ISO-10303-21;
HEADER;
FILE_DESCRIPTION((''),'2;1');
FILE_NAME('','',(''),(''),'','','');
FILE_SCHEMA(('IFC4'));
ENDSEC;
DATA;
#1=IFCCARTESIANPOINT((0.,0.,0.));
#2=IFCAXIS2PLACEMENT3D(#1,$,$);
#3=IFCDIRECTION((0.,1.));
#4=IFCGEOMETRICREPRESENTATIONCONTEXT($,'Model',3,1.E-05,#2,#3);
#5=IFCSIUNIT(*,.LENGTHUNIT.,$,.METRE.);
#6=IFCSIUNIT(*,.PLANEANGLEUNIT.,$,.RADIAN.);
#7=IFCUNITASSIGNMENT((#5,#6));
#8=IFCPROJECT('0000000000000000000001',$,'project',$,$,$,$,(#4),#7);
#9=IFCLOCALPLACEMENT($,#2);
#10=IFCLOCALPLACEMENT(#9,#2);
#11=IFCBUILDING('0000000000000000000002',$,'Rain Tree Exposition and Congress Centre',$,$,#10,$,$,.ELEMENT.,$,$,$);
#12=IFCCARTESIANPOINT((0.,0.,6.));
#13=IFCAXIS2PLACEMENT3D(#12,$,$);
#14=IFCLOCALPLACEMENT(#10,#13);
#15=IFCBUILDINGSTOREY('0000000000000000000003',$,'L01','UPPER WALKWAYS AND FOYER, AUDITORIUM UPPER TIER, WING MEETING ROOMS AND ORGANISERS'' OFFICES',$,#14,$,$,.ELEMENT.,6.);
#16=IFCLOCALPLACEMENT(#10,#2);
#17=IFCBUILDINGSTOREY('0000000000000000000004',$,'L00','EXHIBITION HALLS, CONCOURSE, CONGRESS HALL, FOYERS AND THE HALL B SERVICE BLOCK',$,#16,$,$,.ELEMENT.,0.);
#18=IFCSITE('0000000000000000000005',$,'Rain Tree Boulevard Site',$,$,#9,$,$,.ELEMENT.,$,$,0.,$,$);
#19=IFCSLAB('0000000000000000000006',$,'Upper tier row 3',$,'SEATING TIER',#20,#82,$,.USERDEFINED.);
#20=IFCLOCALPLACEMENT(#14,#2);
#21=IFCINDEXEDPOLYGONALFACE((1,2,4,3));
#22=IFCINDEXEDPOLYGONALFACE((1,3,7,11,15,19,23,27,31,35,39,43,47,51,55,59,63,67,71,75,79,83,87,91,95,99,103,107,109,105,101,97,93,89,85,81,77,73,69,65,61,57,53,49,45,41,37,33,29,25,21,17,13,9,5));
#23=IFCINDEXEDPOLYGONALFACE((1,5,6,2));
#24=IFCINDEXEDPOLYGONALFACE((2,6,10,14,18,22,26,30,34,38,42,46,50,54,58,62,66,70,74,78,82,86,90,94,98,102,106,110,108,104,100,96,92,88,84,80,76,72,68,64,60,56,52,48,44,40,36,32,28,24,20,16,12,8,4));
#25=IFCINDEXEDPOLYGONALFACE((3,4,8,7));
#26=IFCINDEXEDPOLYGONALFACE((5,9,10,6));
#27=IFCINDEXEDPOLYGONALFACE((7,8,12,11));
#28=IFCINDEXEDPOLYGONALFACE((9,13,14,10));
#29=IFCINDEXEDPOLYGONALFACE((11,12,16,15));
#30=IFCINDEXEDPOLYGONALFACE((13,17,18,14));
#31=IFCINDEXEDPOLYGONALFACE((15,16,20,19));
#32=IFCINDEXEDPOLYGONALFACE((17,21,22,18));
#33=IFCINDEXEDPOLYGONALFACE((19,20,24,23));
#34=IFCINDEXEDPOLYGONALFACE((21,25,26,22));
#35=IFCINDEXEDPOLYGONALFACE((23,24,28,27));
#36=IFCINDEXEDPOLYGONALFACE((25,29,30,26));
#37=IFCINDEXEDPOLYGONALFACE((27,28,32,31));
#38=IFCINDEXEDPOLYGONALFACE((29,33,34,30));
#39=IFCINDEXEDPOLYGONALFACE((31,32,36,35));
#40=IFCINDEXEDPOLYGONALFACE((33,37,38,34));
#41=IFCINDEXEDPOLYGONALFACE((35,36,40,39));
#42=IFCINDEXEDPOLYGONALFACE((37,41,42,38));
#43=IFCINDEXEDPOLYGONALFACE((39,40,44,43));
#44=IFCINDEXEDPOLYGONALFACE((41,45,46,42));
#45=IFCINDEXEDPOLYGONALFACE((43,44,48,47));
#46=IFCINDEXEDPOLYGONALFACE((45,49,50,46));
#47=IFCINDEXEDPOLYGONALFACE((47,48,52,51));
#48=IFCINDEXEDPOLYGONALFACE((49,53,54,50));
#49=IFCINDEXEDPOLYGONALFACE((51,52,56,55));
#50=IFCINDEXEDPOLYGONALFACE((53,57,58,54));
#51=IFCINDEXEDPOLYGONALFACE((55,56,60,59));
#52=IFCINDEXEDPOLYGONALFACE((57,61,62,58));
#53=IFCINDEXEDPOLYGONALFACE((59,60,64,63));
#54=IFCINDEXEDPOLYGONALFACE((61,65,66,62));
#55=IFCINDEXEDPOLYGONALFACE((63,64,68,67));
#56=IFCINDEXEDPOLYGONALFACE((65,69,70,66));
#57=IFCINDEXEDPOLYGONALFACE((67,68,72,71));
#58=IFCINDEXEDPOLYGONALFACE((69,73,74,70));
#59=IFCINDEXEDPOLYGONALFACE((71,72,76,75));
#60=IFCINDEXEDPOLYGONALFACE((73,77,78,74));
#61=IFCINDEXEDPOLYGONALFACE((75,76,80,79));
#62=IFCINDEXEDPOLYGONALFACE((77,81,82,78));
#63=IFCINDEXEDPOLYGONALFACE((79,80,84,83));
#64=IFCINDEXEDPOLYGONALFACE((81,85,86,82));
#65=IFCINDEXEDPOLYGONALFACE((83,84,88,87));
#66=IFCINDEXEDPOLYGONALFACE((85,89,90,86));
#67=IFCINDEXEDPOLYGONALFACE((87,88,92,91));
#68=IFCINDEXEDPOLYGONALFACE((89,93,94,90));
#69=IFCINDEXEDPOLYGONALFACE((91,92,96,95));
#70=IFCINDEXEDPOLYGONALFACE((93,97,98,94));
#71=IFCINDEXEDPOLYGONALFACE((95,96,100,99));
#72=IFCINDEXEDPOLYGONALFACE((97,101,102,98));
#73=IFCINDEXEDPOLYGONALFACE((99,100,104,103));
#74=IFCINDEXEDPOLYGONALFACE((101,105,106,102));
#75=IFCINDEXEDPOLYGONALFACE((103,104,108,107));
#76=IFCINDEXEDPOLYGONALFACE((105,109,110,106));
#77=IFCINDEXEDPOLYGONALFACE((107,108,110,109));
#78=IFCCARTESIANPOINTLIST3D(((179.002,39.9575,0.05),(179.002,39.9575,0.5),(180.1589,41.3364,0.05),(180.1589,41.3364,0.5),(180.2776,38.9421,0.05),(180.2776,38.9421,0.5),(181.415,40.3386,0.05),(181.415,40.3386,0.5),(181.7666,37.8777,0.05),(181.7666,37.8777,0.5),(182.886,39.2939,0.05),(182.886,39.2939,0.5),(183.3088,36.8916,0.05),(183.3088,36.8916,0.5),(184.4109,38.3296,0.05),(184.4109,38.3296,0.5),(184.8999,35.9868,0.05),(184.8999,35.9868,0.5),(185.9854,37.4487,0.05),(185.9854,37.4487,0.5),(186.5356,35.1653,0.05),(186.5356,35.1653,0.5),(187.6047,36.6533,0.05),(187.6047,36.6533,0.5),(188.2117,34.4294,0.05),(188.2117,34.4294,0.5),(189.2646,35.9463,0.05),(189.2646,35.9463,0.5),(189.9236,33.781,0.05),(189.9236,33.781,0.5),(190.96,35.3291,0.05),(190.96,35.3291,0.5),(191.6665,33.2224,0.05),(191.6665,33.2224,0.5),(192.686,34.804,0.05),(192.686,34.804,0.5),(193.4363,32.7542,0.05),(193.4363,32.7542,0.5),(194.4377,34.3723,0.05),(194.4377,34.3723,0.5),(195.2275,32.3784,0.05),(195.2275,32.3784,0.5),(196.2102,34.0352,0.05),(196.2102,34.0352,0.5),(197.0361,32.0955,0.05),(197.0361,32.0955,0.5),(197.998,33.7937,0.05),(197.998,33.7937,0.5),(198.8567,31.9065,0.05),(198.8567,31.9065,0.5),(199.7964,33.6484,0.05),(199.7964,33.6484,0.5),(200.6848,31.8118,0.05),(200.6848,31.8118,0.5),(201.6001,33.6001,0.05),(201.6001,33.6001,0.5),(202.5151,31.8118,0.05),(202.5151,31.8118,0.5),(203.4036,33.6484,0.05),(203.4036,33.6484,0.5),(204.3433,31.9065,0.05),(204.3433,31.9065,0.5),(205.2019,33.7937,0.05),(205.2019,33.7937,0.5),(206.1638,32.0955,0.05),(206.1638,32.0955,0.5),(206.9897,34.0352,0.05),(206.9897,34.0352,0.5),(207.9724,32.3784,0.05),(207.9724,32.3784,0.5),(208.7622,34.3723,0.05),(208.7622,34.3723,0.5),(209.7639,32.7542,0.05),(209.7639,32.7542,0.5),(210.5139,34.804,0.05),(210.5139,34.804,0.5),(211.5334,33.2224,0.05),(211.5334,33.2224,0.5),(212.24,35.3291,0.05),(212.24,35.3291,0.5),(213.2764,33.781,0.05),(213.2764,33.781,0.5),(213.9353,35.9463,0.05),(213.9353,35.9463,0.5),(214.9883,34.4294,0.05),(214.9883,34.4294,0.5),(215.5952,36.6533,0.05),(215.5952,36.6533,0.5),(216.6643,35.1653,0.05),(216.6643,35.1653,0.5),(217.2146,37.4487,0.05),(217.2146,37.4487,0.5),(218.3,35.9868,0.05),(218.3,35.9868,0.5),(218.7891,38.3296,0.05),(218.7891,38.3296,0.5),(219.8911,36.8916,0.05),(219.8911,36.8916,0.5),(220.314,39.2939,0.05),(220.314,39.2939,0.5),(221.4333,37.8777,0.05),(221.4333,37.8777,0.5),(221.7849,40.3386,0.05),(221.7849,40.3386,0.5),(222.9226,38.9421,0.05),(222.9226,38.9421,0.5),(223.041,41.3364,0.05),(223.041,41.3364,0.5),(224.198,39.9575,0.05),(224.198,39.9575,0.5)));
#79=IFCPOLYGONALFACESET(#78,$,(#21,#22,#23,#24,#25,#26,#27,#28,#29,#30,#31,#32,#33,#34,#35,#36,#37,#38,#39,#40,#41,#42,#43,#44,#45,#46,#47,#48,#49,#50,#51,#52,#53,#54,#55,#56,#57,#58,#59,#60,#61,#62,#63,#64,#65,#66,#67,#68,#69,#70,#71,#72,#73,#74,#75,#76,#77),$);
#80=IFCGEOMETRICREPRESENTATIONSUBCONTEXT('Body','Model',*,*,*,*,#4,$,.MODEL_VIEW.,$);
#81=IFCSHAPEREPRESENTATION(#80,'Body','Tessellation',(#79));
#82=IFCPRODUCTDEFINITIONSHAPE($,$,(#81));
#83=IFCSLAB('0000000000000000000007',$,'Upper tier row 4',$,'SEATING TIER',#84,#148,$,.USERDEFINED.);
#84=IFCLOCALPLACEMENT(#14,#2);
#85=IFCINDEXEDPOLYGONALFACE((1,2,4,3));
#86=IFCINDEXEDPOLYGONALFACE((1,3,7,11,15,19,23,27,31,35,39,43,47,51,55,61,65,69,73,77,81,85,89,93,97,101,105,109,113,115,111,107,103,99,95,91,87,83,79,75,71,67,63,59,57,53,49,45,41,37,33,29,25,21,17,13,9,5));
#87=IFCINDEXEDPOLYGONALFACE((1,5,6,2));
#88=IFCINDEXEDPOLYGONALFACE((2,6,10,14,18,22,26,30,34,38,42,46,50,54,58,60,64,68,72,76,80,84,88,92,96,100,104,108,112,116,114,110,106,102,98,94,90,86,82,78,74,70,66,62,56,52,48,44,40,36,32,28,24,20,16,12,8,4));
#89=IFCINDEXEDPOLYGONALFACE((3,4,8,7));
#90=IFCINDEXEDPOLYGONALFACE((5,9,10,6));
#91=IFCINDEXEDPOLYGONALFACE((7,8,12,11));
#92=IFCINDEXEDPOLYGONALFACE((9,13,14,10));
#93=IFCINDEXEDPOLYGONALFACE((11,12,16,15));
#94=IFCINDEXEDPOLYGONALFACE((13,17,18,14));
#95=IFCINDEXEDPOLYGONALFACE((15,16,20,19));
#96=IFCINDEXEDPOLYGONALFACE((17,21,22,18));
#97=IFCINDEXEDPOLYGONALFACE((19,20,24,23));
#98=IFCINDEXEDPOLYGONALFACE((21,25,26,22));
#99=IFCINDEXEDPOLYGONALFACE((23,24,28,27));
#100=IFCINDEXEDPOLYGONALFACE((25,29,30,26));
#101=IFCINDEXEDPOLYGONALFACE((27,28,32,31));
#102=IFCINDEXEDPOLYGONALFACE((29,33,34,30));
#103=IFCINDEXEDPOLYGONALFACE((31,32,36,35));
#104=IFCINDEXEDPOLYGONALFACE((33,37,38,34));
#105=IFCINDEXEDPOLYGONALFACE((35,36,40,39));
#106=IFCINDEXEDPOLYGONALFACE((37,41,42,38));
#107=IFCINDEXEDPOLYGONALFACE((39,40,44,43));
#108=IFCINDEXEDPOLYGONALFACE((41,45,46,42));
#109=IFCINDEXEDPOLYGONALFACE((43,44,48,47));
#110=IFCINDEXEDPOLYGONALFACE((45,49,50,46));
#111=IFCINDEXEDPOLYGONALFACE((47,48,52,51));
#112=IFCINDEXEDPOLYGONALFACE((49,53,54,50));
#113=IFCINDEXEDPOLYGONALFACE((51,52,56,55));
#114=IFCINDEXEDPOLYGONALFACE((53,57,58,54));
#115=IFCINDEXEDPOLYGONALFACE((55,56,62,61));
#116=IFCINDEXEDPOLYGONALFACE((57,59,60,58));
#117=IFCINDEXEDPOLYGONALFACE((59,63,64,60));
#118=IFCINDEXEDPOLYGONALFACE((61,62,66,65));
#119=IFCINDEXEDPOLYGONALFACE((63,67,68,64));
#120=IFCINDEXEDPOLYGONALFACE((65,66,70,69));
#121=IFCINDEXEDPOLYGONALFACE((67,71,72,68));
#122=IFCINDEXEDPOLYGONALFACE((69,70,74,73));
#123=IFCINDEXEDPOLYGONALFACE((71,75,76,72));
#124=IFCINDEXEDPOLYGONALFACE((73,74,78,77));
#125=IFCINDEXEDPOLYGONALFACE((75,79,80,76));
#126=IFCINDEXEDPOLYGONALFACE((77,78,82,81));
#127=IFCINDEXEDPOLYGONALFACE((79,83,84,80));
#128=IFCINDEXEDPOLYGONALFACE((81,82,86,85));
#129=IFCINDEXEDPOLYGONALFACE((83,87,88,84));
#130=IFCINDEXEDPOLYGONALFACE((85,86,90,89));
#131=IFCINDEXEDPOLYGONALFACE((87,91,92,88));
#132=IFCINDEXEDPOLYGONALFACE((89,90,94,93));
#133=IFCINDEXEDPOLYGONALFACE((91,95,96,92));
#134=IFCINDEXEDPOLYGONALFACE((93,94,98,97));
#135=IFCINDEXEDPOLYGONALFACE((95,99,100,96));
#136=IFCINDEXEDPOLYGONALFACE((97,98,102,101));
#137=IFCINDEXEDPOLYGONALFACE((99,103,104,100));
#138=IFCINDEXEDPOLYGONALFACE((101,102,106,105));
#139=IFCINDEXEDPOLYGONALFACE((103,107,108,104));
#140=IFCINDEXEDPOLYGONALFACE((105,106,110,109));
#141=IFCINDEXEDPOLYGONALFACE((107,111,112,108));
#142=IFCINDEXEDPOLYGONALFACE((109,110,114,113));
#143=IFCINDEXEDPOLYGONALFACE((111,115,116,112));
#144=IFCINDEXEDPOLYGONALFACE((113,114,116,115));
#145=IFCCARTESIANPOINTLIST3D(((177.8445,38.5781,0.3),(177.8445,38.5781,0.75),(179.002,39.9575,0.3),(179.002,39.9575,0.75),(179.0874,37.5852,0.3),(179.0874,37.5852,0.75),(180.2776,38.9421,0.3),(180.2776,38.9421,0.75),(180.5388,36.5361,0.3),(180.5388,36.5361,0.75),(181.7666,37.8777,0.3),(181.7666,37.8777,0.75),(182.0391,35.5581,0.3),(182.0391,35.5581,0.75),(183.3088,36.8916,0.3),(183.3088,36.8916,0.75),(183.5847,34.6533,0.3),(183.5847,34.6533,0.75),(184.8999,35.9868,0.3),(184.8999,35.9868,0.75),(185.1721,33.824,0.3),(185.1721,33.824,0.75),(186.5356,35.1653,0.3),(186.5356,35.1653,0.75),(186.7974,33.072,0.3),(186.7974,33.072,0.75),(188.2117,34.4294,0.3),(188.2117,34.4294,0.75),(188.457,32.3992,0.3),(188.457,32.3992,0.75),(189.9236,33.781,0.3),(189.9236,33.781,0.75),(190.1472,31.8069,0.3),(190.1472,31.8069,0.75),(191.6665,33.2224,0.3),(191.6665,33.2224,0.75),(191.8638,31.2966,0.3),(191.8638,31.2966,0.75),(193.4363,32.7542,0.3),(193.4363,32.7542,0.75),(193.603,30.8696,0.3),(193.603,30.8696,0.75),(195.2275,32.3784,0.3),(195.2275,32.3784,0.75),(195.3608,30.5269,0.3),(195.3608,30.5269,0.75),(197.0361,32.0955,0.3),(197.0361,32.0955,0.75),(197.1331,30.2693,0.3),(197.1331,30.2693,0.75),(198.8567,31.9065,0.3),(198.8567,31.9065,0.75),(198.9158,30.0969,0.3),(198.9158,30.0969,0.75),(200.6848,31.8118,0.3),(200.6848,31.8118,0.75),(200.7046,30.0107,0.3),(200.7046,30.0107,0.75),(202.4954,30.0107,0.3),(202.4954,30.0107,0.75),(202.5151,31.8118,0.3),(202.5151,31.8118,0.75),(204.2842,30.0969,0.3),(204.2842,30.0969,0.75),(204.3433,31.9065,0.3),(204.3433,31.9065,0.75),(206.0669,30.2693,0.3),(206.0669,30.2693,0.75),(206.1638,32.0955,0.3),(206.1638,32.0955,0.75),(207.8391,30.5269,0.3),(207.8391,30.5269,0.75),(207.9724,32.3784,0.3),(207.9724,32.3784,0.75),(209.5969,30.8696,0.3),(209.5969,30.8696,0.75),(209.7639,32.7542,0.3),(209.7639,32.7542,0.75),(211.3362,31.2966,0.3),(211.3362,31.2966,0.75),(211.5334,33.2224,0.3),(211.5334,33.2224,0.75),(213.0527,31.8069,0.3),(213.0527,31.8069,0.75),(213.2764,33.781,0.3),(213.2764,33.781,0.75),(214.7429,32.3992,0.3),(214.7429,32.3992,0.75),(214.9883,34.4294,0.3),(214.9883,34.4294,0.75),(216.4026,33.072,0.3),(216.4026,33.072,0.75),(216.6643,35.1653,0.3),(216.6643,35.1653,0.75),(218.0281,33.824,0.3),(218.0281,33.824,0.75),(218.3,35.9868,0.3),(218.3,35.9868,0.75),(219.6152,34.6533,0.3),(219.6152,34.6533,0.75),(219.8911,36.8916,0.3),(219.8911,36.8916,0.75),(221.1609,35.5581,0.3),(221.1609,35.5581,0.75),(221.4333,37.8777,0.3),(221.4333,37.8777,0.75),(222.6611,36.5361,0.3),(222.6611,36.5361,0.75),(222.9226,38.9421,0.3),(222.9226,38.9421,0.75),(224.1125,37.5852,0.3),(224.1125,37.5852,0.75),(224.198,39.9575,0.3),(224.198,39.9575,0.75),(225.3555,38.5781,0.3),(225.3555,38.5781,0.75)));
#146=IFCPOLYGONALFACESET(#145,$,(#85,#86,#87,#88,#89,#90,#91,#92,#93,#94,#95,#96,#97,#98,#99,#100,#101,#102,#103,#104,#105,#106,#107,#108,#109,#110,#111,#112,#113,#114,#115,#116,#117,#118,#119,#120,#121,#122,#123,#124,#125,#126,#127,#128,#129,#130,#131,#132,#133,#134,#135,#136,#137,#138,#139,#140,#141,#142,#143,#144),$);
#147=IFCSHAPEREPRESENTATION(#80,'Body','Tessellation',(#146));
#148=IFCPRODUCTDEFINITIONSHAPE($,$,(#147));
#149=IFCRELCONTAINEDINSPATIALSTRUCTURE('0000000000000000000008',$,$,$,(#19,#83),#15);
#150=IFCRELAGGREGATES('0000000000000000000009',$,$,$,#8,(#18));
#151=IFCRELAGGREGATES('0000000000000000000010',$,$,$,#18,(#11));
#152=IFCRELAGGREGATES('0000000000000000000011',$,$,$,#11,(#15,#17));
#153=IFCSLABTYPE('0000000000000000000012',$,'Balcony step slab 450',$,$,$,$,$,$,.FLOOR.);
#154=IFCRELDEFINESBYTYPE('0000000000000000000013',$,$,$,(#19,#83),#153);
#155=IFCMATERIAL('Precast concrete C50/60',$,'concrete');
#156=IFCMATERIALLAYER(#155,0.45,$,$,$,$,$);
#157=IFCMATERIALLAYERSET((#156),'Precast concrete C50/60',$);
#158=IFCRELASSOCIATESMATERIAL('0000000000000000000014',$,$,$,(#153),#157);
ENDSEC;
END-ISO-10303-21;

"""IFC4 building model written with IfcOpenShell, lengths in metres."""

from ifc_helpers import new_model, si_unit, direction, frame, origin, place, context, subcontext, project, spatial, polyline, outline, extrude, material, layer, layer_set, type_object, element, save


model = new_model("IFC4")

# Units and contexts
model_context = context("Model", 3, precision=1e-05, world=origin(), true_north=direction((0.0, 1.0)))
body_context = subcontext(model_context, "Body", "Model", "MODEL_VIEW")
ifc_project = project(units=[si_unit("LENGTHUNIT", "METRE"), si_unit("PLANEANGLEUNIT", "RADIAN")], contexts=[model_context])

# Site, building, storey
site_placement = place(None, origin())
site = spatial("IfcSite", under=ifc_project, at=site_placement, Name="Rain Tree Boulevard Site", CompositionType="ELEMENT", RefElevation=0.0)
building_placement = place(site_placement, origin())
building = spatial("IfcBuilding", under=site, at=building_placement, Name="Rain Tree Exposition and Congress Centre", CompositionType="ELEMENT")
storey_1_placement = place(building_placement, frame((0.0, 0.0, 6.0)))
storey_1 = spatial("IfcBuildingStorey", under=building, at=storey_1_placement, Name="L01", Description="UPPER WALKWAYS AND FOYER, AUDITORIUM UPPER TIER, WING MEETING ROOMS AND ORGANISERS' OFFICES", CompositionType="ELEMENT", Elevation=6.0)

# Slabs
ifc_material_1 = material(Name="Precast concrete C50/60", Category="concrete")
ifc_layer_1 = layer(ifc_material_1, 0.45)
ifc_layer_set_1 = layer_set([ifc_layer_1], Name="Precast concrete C50/60")
slab_type_1 = type_object("IfcSlabType", Name="Balcony step slab 450", PredefinedType="FLOOR", material=ifc_layer_set_1)
slab_1_placement = place(storey_1_placement, frame((0.0, 0.0, 0.05)))
element("IfcSlab", 1, at=slab_1_placement, inside=storey_1, type_object=slab_type_1, Name="Upper tier row 3", ObjectType="SEATING TIER", PredefinedType="USERDEFINED", context=body_context, shape_type="SweptSolid", body=[
    extrude(outline(polyline([(222.9226, 38.9421), (224.198, 39.9575), (223.041, 41.3364), (221.7849, 40.3386), (220.314, 39.2939), (218.7891, 38.3296), (217.2146, 37.4487), (215.5952, 36.6533), (213.9353, 35.9463), (212.24, 35.3291), (210.5139, 34.804), (208.7622, 34.3723), (206.9897, 34.0352), (205.2019, 33.7937), (203.4036, 33.6484), (201.6001, 33.6001), (199.7964, 33.6484), (197.998, 33.7937), (196.2102, 34.0352), (194.4377, 34.3723), (192.686, 34.804), (190.96, 35.3291), (189.2646, 35.9463), (187.6047, 36.6533), (185.9854, 37.4487), (184.4109, 38.3296), (182.886, 39.2939), (181.415, 40.3386), (180.1589, 41.3364), (179.002, 39.9575), (180.2776, 38.9421), (181.7666, 37.8777), (183.3088, 36.8916), (184.8999, 35.9868), (186.5356, 35.1653), (188.2117, 34.4294), (189.9236, 33.781), (191.6665, 33.2224), (193.4363, 32.7542), (195.2275, 32.3784), (197.0361, 32.0955), (198.8567, 31.9065), (200.6848, 31.8118), (202.5151, 31.8118), (204.3433, 31.9065), (206.1638, 32.0955), (207.9724, 32.3784), (209.7639, 32.7542), (211.5334, 33.2224), (213.2764, 33.781), (214.9883, 34.4294), (216.6643, 35.1653), (218.3, 35.9868), (219.8911, 36.8916), (221.4333, 37.8777), (222.9226, 38.9421)])), origin(), (0.0, 0.0, 1.0), 0.45),
])
slab_2_placement = place(storey_1_placement, frame((0.0, 0.0, 0.3)))
element("IfcSlab", 2, at=slab_2_placement, inside=storey_1, type_object=slab_type_1, Name="Upper tier row 4", ObjectType="SEATING TIER", PredefinedType="USERDEFINED", context=body_context, shape_type="SweptSolid", body=[
    extrude(outline(polyline([(224.1125, 37.5852), (225.3555, 38.5781), (224.198, 39.9575), (222.9226, 38.9421), (221.4333, 37.8777), (219.8911, 36.8916), (218.3, 35.9868), (216.6643, 35.1653), (214.9883, 34.4294), (213.2764, 33.781), (211.5334, 33.2224), (209.7639, 32.7542), (207.9724, 32.3784), (206.1638, 32.0955), (204.3433, 31.9065), (202.5151, 31.8118), (200.6848, 31.8118), (198.8567, 31.9065), (197.0361, 32.0955), (195.2275, 32.3784), (193.4363, 32.7542), (191.6665, 33.2224), (189.9236, 33.781), (188.2117, 34.4294), (186.5356, 35.1653), (184.8999, 35.9868), (183.3088, 36.8916), (181.7666, 37.8777), (180.2776, 38.9421), (179.002, 39.9575), (177.8445, 38.5781), (179.0874, 37.5852), (180.5388, 36.5361), (182.0391, 35.5581), (183.5847, 34.6533), (185.1721, 33.824), (186.7974, 33.072), (188.457, 32.3992), (190.1472, 31.8069), (191.8638, 31.2966), (193.603, 30.8696), (195.3608, 30.5269), (197.1331, 30.2693), (198.9158, 30.0969), (200.7046, 30.0107), (202.4954, 30.0107), (204.2842, 30.0969), (206.0669, 30.2693), (207.8391, 30.5269), (209.5969, 30.8696), (211.3362, 31.2966), (213.0527, 31.8069), (214.7429, 32.3992), (216.4026, 33.072), (218.0281, 33.824), (219.6152, 34.6533), (221.1609, 35.5581), (222.6611, 36.5361), (224.1125, 37.5852)])), origin(), (0.0, 0.0, 1.0), 0.45),
])

# Shared definitions
storey_2_placement = place(building_placement, origin())
storey_2 = spatial("IfcBuildingStorey", under=building, at=storey_2_placement, Name="L00", Description="EXHIBITION HALLS, CONCOURSE, CONGRESS HALL, FOYERS AND THE HALL B SERVICE BLOCK", CompositionType="ELEMENT", Elevation=0.0)

save(model, "model.ifc")
